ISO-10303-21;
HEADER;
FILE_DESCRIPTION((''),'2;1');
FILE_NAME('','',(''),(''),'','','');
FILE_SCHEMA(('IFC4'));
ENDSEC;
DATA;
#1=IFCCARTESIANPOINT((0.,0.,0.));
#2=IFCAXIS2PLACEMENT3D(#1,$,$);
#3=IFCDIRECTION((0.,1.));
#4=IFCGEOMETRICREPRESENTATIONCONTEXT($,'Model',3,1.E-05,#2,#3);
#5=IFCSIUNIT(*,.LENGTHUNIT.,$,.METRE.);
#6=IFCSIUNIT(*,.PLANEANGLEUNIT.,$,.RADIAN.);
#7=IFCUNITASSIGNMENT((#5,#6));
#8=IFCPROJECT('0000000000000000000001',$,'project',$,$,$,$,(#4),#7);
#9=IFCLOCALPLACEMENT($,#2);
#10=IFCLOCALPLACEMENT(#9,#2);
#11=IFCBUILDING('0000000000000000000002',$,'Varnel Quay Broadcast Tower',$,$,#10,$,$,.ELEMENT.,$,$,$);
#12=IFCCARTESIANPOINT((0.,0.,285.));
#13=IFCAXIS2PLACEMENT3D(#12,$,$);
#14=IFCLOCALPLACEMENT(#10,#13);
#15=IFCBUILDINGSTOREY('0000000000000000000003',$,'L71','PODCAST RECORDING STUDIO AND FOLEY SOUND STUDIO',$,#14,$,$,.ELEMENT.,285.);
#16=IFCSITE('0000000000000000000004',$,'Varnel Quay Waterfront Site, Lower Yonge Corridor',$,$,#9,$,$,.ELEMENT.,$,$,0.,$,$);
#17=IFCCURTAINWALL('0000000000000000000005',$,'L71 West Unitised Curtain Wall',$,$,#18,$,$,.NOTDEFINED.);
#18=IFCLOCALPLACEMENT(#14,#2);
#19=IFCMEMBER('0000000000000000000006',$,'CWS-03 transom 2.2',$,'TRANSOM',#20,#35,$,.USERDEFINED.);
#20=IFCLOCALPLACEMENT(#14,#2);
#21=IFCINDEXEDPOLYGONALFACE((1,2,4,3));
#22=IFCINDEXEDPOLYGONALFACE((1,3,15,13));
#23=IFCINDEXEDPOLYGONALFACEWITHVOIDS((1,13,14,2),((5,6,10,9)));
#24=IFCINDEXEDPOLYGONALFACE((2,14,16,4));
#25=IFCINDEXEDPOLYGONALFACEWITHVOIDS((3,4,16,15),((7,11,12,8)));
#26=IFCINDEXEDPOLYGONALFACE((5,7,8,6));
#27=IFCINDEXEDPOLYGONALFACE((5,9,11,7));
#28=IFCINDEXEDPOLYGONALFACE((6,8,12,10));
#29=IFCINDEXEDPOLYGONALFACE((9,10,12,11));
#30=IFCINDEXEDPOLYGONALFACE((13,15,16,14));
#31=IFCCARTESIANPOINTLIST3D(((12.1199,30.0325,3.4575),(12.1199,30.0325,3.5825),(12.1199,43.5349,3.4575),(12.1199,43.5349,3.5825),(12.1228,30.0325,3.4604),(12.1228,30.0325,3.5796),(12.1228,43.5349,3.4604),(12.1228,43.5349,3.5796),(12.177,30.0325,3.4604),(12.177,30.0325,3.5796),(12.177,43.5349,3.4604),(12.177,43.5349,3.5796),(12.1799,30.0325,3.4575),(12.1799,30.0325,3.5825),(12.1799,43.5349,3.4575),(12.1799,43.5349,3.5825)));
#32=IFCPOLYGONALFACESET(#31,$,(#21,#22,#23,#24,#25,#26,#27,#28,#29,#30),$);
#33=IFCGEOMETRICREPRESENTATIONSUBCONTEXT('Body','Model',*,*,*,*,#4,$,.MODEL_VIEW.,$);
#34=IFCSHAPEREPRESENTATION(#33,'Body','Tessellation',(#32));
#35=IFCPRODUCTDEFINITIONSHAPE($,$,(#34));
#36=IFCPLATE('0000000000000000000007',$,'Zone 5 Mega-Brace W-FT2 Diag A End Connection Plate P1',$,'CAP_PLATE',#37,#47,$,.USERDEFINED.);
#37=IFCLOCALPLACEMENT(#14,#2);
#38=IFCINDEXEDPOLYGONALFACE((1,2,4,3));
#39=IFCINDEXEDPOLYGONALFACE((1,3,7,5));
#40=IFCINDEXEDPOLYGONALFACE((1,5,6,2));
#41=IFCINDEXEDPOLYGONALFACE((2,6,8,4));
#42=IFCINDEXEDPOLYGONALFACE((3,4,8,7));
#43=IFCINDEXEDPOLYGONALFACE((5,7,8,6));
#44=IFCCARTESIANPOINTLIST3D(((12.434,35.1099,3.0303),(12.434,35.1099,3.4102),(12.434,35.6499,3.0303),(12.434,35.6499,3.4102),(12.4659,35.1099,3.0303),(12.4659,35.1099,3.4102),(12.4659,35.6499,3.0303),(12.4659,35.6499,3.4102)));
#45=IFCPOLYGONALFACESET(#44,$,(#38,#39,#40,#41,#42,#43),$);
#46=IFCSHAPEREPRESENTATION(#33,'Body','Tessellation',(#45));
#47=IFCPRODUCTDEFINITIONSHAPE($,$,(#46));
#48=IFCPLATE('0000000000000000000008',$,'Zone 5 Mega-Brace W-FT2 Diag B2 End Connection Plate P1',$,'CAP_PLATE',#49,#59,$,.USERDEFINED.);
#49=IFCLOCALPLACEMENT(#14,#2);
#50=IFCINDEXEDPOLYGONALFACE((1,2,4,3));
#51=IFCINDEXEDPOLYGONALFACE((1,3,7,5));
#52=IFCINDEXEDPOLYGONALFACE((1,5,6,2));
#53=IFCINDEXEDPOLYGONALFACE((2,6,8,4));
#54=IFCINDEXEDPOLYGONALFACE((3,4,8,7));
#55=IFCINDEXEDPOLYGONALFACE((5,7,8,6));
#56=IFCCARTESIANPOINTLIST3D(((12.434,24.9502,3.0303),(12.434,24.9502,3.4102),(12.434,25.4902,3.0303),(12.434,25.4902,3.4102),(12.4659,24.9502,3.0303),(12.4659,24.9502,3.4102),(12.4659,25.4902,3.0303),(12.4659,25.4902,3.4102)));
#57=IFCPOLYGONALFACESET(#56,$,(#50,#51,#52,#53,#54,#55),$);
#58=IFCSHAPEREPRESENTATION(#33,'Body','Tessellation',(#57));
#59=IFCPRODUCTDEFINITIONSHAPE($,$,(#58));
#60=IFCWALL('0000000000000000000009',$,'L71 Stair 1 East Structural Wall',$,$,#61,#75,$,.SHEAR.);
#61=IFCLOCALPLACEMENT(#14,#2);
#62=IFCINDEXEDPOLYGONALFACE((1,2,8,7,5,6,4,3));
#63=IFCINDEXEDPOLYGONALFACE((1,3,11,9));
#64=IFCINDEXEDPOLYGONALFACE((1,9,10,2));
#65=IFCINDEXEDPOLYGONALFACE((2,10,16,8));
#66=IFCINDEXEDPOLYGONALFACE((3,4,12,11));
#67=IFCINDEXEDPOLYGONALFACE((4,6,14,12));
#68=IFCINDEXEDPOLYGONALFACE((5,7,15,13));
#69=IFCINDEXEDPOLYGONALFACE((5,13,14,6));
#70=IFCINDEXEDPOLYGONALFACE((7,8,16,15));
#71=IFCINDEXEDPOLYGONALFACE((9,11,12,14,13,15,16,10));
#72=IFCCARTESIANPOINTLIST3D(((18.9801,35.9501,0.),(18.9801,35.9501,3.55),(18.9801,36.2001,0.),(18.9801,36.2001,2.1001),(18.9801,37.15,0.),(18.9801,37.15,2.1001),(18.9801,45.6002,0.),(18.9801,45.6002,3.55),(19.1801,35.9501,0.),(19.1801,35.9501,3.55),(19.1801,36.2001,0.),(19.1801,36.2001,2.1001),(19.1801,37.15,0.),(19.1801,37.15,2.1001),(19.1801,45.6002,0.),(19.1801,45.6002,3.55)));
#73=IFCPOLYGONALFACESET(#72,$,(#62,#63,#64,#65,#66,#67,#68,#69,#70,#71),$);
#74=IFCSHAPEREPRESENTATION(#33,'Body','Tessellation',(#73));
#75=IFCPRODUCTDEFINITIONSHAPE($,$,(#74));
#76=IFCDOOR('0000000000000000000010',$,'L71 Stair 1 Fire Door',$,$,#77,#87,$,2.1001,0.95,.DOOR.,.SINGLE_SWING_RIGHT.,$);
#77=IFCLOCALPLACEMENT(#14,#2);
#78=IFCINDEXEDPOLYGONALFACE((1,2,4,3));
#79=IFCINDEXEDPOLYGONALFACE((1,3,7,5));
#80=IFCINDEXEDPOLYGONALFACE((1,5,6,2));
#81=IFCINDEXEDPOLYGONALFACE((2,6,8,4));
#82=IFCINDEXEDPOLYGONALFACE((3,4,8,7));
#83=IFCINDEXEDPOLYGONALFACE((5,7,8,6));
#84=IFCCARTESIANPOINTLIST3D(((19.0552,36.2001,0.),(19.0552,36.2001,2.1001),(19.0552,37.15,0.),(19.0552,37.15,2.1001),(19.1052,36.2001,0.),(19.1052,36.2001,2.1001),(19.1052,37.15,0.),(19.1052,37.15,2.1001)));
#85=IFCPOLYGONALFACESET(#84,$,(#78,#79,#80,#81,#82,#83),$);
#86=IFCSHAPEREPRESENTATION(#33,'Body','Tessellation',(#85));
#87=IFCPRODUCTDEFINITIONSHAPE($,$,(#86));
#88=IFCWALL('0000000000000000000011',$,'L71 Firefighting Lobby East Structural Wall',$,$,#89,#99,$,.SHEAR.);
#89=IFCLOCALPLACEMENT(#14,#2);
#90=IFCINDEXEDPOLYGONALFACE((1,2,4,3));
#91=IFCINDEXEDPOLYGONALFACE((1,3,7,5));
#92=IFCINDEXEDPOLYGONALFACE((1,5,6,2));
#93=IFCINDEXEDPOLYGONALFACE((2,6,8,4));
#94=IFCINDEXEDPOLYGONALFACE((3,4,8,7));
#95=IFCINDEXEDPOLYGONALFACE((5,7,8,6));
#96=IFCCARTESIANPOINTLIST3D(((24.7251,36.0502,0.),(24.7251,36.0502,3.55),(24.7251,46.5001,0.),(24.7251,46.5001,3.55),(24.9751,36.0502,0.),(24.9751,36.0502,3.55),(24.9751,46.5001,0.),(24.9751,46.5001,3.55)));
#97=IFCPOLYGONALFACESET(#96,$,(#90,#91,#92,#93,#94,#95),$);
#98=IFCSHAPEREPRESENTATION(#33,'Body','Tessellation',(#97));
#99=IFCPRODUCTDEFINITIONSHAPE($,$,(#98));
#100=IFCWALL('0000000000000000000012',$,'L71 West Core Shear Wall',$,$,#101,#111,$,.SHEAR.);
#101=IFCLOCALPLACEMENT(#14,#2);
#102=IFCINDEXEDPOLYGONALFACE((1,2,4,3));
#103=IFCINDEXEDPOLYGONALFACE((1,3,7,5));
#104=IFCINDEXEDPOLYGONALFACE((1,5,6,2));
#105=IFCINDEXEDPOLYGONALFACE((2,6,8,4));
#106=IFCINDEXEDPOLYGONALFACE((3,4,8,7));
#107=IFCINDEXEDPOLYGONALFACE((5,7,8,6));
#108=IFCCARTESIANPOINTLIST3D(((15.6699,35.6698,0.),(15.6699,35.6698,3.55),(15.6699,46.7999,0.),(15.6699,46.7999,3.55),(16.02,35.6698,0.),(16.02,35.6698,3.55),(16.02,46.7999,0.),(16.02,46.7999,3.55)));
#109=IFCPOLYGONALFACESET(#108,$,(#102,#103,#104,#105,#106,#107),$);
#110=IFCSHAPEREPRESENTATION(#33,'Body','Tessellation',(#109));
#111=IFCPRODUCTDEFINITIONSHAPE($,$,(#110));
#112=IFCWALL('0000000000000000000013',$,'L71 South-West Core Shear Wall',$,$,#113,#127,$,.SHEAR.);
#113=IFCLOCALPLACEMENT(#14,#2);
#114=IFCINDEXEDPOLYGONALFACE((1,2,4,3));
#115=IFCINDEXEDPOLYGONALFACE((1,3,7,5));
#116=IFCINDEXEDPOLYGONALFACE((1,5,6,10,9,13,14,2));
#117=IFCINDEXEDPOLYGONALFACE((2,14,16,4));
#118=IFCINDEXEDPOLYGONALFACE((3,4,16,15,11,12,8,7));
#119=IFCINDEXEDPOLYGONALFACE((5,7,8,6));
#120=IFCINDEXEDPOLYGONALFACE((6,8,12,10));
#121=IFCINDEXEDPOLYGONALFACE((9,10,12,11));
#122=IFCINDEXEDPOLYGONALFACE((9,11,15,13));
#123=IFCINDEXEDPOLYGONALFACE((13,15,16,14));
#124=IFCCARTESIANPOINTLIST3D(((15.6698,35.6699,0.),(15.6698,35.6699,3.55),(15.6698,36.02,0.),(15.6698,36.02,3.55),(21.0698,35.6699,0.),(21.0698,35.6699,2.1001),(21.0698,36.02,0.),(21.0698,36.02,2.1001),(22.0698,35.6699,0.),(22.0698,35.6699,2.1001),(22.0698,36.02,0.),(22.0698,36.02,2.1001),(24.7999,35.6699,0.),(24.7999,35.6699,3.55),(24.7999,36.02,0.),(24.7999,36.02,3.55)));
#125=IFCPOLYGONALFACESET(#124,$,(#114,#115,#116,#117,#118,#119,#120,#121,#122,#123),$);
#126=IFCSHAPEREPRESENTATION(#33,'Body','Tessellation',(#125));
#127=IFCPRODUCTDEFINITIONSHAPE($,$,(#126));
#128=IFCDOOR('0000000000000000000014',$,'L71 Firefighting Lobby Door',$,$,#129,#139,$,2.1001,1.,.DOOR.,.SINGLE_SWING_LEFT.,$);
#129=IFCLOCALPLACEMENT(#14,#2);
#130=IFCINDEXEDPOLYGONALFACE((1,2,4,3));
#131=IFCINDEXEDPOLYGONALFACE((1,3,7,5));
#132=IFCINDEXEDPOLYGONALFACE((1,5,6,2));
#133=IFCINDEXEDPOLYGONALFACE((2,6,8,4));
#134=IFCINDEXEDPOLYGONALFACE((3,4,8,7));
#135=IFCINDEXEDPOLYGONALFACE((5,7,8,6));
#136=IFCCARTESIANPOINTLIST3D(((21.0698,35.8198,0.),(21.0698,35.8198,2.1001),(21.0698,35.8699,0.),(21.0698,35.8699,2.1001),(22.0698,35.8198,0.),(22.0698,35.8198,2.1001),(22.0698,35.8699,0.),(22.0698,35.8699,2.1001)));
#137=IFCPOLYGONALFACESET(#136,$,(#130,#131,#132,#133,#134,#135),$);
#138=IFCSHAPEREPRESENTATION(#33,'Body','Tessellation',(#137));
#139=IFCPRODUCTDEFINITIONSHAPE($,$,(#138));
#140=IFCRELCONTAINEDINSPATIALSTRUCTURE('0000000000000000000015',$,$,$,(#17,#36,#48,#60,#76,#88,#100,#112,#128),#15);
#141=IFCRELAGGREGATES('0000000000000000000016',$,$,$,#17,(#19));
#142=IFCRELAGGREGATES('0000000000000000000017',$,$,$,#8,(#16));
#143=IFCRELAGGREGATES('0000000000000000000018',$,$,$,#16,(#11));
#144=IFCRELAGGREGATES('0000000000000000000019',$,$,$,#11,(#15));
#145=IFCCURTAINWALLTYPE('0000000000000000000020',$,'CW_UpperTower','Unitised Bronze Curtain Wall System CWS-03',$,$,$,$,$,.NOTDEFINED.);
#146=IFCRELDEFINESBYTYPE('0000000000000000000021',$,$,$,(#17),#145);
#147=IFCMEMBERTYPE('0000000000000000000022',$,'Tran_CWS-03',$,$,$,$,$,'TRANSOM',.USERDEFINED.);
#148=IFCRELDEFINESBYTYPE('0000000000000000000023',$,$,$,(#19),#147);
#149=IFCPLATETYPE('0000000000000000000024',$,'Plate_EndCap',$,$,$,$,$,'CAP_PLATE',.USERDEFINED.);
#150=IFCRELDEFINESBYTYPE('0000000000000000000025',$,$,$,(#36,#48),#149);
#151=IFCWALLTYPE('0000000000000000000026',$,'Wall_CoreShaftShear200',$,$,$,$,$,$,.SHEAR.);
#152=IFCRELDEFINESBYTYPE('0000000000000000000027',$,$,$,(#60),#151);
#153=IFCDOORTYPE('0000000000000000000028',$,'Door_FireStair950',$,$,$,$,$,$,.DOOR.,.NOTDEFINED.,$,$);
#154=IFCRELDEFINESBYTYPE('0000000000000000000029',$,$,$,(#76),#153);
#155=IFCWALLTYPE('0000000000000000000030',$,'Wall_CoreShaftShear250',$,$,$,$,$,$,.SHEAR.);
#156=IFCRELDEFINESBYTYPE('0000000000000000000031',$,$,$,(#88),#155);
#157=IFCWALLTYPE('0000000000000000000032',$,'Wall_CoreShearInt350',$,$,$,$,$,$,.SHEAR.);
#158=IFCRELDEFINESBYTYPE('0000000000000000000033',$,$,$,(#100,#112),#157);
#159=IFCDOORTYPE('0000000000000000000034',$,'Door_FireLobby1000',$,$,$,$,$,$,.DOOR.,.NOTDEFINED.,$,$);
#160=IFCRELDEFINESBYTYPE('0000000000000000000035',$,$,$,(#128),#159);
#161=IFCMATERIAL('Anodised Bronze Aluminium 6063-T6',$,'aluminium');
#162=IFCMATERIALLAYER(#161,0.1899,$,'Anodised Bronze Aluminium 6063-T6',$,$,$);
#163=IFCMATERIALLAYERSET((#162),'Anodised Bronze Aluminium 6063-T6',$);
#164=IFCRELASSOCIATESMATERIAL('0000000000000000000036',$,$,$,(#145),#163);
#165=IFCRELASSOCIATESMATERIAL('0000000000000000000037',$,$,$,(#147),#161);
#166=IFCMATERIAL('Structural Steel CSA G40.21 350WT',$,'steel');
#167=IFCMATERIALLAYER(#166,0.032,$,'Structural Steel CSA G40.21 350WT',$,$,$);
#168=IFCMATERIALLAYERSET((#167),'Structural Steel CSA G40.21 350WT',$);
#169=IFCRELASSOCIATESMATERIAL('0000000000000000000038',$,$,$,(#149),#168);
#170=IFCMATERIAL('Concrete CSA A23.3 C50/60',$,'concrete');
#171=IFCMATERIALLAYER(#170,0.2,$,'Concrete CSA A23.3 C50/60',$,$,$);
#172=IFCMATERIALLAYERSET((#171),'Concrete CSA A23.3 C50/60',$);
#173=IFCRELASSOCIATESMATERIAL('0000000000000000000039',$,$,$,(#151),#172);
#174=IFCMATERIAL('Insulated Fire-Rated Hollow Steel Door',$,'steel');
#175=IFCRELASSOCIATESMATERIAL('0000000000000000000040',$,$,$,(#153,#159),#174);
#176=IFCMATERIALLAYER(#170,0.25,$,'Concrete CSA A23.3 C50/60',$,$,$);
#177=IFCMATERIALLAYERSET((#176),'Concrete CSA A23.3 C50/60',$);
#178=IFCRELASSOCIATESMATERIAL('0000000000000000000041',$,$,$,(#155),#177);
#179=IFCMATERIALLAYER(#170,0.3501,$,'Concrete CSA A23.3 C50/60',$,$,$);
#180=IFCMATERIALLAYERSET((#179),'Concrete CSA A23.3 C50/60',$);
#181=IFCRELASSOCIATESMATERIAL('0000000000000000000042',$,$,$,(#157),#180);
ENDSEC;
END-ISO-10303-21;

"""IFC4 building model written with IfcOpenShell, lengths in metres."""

from ifc_helpers import new_model, si_unit, direction, frame, frame_2d, origin, origin_2d, place, context, subcontext, project, spatial, rectangle, hollow_rectangle, extrude, source, transform, mapped, material, layer, layer_set, material_profile, profile_set, type_object, type_shapes, element, fill, aggregate, save


model = new_model("IFC4")

# Units and contexts
model_context = context("Model", 3, precision=1e-05, world=origin(), true_north=direction((0.0, 1.0)))
body_context = subcontext(model_context, "Body", "Model", "MODEL_VIEW")
ifc_project = project(units=[si_unit("LENGTHUNIT", "METRE"), si_unit("PLANEANGLEUNIT", "RADIAN")], contexts=[model_context])

# Site, building, storey
site_placement = place(None, origin())
site = spatial("IfcSite", under=ifc_project, at=site_placement, Name="Varnel Quay Waterfront Site, Lower Yonge Corridor", CompositionType="ELEMENT", RefElevation=0.0)
building_placement = place(site_placement, origin())
building = spatial("IfcBuilding", under=site, at=building_placement, Name="Varnel Quay Broadcast Tower", CompositionType="ELEMENT")
storey_placement = place(building_placement, frame((0.0, 0.0, 285.0)))
storey = spatial("IfcBuildingStorey", under=building, at=storey_placement, Name="L71", Description="PODCAST RECORDING STUDIO AND FOLEY SOUND STUDIO", CompositionType="ELEMENT", Elevation=285.0)

# Shared definitions
ifc_material_1 = material(Name="Structural Steel CSA G40.21 350WT", Category="steel")

# Shared definitions
ifc_material_2 = material(Name="Concrete CSA A23.3 C50/60", Category="concrete")

# Curtain wall, member
ifc_material_3 = material(Name="Anodised Bronze Aluminium 6063-T6", Category="aluminium")
ifc_layer_1 = layer(ifc_material_3, 0.1899, Name="Anodised Bronze Aluminium 6063-T6")
ifc_layer_set_1 = layer_set([ifc_layer_1], Name="Anodised Bronze Aluminium 6063-T6")
curtain_wall_type = type_object("IfcCurtainWallType", Name="CW_UpperTower", Description="Unitised Bronze Curtain Wall System CWS-03", PredefinedType="NOTDEFINED", material=ifc_layer_set_1)
curtain_wall_placement = place(storey_placement, origin())
curtain_wall = element("IfcCurtainWall", 1, at=curtain_wall_placement, inside=storey, type_object=curtain_wall_type, Name="L71 West Unitised Curtain Wall", PredefinedType="NOTDEFINED")
ifc_material_profile_1 = material_profile(ifc_material_3, hollow_rectangle(XDim=0.0601, YDim=0.125, WallThickness=0.0029, at=origin_2d()), Name="ALU60X125X3")
ifc_profile_set_1 = profile_set([ifc_material_profile_1], Name="Anodised Bronze Aluminium 6063-T6")
member_type_1 = type_object("IfcMemberType", Name="Tran_CWS-03", ElementType="TRANSOM", PredefinedType="USERDEFINED", material=ifc_profile_set_1)
shared_shape_1 = source(origin(), body_context, "Body", "SweptSolid", [
    extrude(hollow_rectangle(XDim=0.0601, YDim=0.125, WallThickness=0.0029, at=origin_2d()), origin(), (0.0, 0.0, 1.0), 13.5024),
])
type_shapes(member_type_1, [shared_shape_1])
member_1_placement = place(storey_placement, frame((12.1499, 30.0325, 3.52), z_axis=(0.0, 1.0, 0.0), x_axis=(-1.0, 0.0, 0.0)))
member_1 = element("IfcMember", 2, at=member_1_placement, type_object=member_type_1, Name="CWS-03 transom 2.2", ObjectType="TRANSOM", PredefinedType="USERDEFINED", context=body_context, shape_type="MappedRepresentation", body=[
    mapped(shared_shape_1, transform((0.0, 0.0, 0.0), x_axis=(1.0, 0.0, 0.0), y_axis=(0.0, 1.0, 0.0), z_axis=(0.0, 0.0, 1.0), scale=1.0)),
])
aggregate(curtain_wall, [member_1])

# Plates
ifc_layer_2 = layer(ifc_material_1, 0.032, Name="Structural Steel CSA G40.21 350WT")
ifc_layer_set_2 = layer_set([ifc_layer_2], Name="Structural Steel CSA G40.21 350WT")
plate_type = type_object("IfcPlateType", Name="Plate_EndCap", ElementType="CAP_PLATE", PredefinedType="USERDEFINED", material=ifc_layer_set_2)
shared_shape_2 = source(origin(), body_context, "Body", "SweptSolid", [
    extrude(rectangle(XDim=0.54, YDim=0.032, at=origin_2d()), origin(), (0.0, 0.0, 1.0), 0.3799),
])
type_shapes(plate_type, [shared_shape_2])
for number, where, z_axis, x_axis, name in (
    (3, (12.45, 35.3799, 3.0303), (0.0, 0.0, 1.0), (0.0, 1.0, 0.0), "Zone 5 Mega-Brace W-FT2 Diag A End Connection Plate P1"),
    (4, (12.45, 25.2202, 3.0303), (0.0, 0.0, 1.0), (0.0, 1.0, 0.0), "Zone 5 Mega-Brace W-FT2 Diag B2 End Connection Plate P1"),
):
    element("IfcPlate", number, at=place(storey_placement, frame(where, z_axis=z_axis, x_axis=x_axis)), inside=storey, type_object=plate_type, Name=name, ObjectType="CAP_PLATE", PredefinedType="USERDEFINED", context=body_context, shape_type="MappedRepresentation", body=[
        mapped(shared_shape_2, transform((0.0, 0.0, 0.0), x_axis=(1.0, 0.0, 0.0), y_axis=(0.0, 1.0, 0.0), z_axis=(0.0, 0.0, 1.0), scale=1.0)),
    ])

# Wall, opening, door
ifc_layer_3 = layer(ifc_material_2, 0.2, Name="Concrete CSA A23.3 C50/60")
ifc_layer_set_3 = layer_set([ifc_layer_3], Name="Concrete CSA A23.3 C50/60")
wall_type_1 = type_object("IfcWallType", Name="Wall_CoreShaftShear200", PredefinedType="SHEAR", material=ifc_layer_set_3)
wall_1_placement = place(storey_placement, frame((19.0801, 35.95, 0.0), z_axis=(0.0, 0.0, 1.0), x_axis=(0.0, 1.0, 0.0)))
wall_1 = element("IfcWall", 5, at=wall_1_placement, inside=storey, type_object=wall_type_1, Name="L71 Stair 1 East Structural Wall", PredefinedType="SHEAR", context=body_context, shape_type="SweptSolid", body=[
    extrude(rectangle(XDim=9.6501, YDim=0.2, at=frame_2d((4.8252, 0.0))), origin(), (0.0, 0.0, 1.0), 3.55),
])
opening_1_placement = place(wall_1_placement, frame((0.25, 0.0, 0.0)))
opening_1 = element("IfcOpeningElement", 6, at=opening_1_placement, cuts=wall_1, PredefinedType="OPENING", context=body_context, shape_type="SweptSolid", body=[
    extrude(rectangle(XDim=0.95, YDim=2.1001, at=frame_2d((0.4751, 1.05))), frame((0.0, 0.1099, 0.0), z_axis=(0.0, -1.0, 0.0), x_axis=(1.0, 0.0, 0.0)), (0.0, 0.0, 1.0), 0.22),
])
ifc_material_4 = material(Name="Insulated Fire-Rated Hollow Steel Door", Category="steel")
door_type_1 = type_object("IfcDoorType", Name="Door_FireStair950", OperationType="NOTDEFINED", PredefinedType="DOOR", material=ifc_material_4)
shared_shape_3 = source(origin(), body_context, "Body", "SweptSolid", [
    extrude(rectangle(XDim=0.95, YDim=2.1001, at=frame_2d((0.4751, 1.05))), frame((0.0, 0.0249, 0.0), z_axis=(0.0, -1.0, 0.0), x_axis=(1.0, 0.0, 0.0)), (0.0, 0.0, 1.0), 0.05),
])
type_shapes(door_type_1, [shared_shape_3])
door_1_placement = place(opening_1_placement, origin())
door_1 = element("IfcDoor", 7, at=door_1_placement, inside=storey, type_object=door_type_1, Name="L71 Stair 1 Fire Door", OperationType="SINGLE_SWING_RIGHT", OverallHeight=2.1001, OverallWidth=0.95, PredefinedType="DOOR", context=body_context, shape_type="MappedRepresentation", body=[
    mapped(shared_shape_3, transform((0.0, 0.0, 0.0), x_axis=(1.0, 0.0, 0.0), y_axis=(0.0, 1.0, 0.0), z_axis=(0.0, 0.0, 1.0), scale=1.0)),
])
fill(opening_1, door_1)

# Walls
ifc_layer_4 = layer(ifc_material_2, 0.25, Name="Concrete CSA A23.3 C50/60")
ifc_layer_set_4 = layer_set([ifc_layer_4], Name="Concrete CSA A23.3 C50/60")
wall_type_2 = type_object("IfcWallType", Name="Wall_CoreShaftShear250", PredefinedType="SHEAR", material=ifc_layer_set_4)
wall_2_placement = place(storey_placement, frame((24.8501, 36.05, 0.0), z_axis=(0.0, 0.0, 1.0), x_axis=(0.0, 1.0, 0.0)))
element("IfcWall", 8, at=wall_2_placement, inside=storey, type_object=wall_type_2, Name="L71 Firefighting Lobby East Structural Wall", PredefinedType="SHEAR", context=body_context, shape_type="SweptSolid", body=[
    extrude(rectangle(XDim=10.45, YDim=0.25, at=frame_2d((5.2251, 0.0))), origin(), (0.0, 0.0, 1.0), 3.55),
])
ifc_layer_5 = layer(ifc_material_2, 0.3501, Name="Concrete CSA A23.3 C50/60")
ifc_layer_set_5 = layer_set([ifc_layer_5], Name="Concrete CSA A23.3 C50/60")
wall_type_3 = type_object("IfcWallType", Name="Wall_CoreShearInt350", PredefinedType="SHEAR", material=ifc_layer_set_5)
wall_3_placement = place(storey_placement, frame((15.845, 35.6699, 0.0), z_axis=(0.0, 0.0, 1.0), x_axis=(0.0, 1.0, 0.0)))
element("IfcWall", 9, at=wall_3_placement, inside=storey, type_object=wall_type_3, Name="L71 West Core Shear Wall", PredefinedType="SHEAR", context=body_context, shape_type="SweptSolid", body=[
    extrude(rectangle(XDim=11.1301, YDim=0.3501, at=frame_2d((5.5649, 0.0))), origin(), (0.0, 0.0, 1.0), 3.55),
])

# Wall, opening, door
wall_4_placement = place(storey_placement, frame((15.6699, 35.845, 0.0), z_axis=(0.0, 0.0, 1.0), x_axis=(1.0, 0.0, 0.0)))
wall_4 = element("IfcWall", 10, at=wall_4_placement, inside=storey, type_object=wall_type_3, Name="L71 South-West Core Shear Wall", PredefinedType="SHEAR", context=body_context, shape_type="SweptSolid", body=[
    extrude(rectangle(XDim=9.1301, YDim=0.3501, at=frame_2d((4.5649, 0.0))), origin(), (0.0, 0.0, 1.0), 3.55),
])
opening_2_placement = place(wall_4_placement, frame((5.3999, 0.0, 0.0)))
opening_2 = element("IfcOpeningElement", 11, at=opening_2_placement, cuts=wall_4, PredefinedType="OPENING", context=body_context, shape_type="SweptSolid", body=[
    extrude(rectangle(XDim=1.0, YDim=2.1001, at=frame_2d((0.5, 1.05))), frame((0.0, 0.1851, 0.0), z_axis=(0.0, -1.0, 0.0), x_axis=(1.0, 0.0, 0.0)), (0.0, 0.0, 1.0), 0.3701),
])
door_type_2 = type_object("IfcDoorType", Name="Door_FireLobby1000", OperationType="NOTDEFINED", PredefinedType="DOOR", material=ifc_material_4)
shared_shape_4 = source(origin(), body_context, "Body", "SweptSolid", [
    extrude(rectangle(XDim=1.0, YDim=2.1001, at=frame_2d((0.5, 1.05))), frame((0.0, 0.0249, 0.0), z_axis=(0.0, -1.0, 0.0), x_axis=(1.0, 0.0, 0.0)), (0.0, 0.0, 1.0), 0.05),
])
type_shapes(door_type_2, [shared_shape_4])
door_2_placement = place(opening_2_placement, origin())
door_2 = element("IfcDoor", 12, at=door_2_placement, inside=storey, type_object=door_type_2, Name="L71 Firefighting Lobby Door", OperationType="SINGLE_SWING_LEFT", OverallHeight=2.1001, OverallWidth=1.0, PredefinedType="DOOR", context=body_context, shape_type="MappedRepresentation", body=[
    mapped(shared_shape_4, transform((0.0, 0.0, 0.0), x_axis=(1.0, 0.0, 0.0), y_axis=(0.0, 1.0, 0.0), z_axis=(0.0, 0.0, 1.0), scale=1.0)),
])
fill(opening_2, door_2)

save(model, "model.ifc")
